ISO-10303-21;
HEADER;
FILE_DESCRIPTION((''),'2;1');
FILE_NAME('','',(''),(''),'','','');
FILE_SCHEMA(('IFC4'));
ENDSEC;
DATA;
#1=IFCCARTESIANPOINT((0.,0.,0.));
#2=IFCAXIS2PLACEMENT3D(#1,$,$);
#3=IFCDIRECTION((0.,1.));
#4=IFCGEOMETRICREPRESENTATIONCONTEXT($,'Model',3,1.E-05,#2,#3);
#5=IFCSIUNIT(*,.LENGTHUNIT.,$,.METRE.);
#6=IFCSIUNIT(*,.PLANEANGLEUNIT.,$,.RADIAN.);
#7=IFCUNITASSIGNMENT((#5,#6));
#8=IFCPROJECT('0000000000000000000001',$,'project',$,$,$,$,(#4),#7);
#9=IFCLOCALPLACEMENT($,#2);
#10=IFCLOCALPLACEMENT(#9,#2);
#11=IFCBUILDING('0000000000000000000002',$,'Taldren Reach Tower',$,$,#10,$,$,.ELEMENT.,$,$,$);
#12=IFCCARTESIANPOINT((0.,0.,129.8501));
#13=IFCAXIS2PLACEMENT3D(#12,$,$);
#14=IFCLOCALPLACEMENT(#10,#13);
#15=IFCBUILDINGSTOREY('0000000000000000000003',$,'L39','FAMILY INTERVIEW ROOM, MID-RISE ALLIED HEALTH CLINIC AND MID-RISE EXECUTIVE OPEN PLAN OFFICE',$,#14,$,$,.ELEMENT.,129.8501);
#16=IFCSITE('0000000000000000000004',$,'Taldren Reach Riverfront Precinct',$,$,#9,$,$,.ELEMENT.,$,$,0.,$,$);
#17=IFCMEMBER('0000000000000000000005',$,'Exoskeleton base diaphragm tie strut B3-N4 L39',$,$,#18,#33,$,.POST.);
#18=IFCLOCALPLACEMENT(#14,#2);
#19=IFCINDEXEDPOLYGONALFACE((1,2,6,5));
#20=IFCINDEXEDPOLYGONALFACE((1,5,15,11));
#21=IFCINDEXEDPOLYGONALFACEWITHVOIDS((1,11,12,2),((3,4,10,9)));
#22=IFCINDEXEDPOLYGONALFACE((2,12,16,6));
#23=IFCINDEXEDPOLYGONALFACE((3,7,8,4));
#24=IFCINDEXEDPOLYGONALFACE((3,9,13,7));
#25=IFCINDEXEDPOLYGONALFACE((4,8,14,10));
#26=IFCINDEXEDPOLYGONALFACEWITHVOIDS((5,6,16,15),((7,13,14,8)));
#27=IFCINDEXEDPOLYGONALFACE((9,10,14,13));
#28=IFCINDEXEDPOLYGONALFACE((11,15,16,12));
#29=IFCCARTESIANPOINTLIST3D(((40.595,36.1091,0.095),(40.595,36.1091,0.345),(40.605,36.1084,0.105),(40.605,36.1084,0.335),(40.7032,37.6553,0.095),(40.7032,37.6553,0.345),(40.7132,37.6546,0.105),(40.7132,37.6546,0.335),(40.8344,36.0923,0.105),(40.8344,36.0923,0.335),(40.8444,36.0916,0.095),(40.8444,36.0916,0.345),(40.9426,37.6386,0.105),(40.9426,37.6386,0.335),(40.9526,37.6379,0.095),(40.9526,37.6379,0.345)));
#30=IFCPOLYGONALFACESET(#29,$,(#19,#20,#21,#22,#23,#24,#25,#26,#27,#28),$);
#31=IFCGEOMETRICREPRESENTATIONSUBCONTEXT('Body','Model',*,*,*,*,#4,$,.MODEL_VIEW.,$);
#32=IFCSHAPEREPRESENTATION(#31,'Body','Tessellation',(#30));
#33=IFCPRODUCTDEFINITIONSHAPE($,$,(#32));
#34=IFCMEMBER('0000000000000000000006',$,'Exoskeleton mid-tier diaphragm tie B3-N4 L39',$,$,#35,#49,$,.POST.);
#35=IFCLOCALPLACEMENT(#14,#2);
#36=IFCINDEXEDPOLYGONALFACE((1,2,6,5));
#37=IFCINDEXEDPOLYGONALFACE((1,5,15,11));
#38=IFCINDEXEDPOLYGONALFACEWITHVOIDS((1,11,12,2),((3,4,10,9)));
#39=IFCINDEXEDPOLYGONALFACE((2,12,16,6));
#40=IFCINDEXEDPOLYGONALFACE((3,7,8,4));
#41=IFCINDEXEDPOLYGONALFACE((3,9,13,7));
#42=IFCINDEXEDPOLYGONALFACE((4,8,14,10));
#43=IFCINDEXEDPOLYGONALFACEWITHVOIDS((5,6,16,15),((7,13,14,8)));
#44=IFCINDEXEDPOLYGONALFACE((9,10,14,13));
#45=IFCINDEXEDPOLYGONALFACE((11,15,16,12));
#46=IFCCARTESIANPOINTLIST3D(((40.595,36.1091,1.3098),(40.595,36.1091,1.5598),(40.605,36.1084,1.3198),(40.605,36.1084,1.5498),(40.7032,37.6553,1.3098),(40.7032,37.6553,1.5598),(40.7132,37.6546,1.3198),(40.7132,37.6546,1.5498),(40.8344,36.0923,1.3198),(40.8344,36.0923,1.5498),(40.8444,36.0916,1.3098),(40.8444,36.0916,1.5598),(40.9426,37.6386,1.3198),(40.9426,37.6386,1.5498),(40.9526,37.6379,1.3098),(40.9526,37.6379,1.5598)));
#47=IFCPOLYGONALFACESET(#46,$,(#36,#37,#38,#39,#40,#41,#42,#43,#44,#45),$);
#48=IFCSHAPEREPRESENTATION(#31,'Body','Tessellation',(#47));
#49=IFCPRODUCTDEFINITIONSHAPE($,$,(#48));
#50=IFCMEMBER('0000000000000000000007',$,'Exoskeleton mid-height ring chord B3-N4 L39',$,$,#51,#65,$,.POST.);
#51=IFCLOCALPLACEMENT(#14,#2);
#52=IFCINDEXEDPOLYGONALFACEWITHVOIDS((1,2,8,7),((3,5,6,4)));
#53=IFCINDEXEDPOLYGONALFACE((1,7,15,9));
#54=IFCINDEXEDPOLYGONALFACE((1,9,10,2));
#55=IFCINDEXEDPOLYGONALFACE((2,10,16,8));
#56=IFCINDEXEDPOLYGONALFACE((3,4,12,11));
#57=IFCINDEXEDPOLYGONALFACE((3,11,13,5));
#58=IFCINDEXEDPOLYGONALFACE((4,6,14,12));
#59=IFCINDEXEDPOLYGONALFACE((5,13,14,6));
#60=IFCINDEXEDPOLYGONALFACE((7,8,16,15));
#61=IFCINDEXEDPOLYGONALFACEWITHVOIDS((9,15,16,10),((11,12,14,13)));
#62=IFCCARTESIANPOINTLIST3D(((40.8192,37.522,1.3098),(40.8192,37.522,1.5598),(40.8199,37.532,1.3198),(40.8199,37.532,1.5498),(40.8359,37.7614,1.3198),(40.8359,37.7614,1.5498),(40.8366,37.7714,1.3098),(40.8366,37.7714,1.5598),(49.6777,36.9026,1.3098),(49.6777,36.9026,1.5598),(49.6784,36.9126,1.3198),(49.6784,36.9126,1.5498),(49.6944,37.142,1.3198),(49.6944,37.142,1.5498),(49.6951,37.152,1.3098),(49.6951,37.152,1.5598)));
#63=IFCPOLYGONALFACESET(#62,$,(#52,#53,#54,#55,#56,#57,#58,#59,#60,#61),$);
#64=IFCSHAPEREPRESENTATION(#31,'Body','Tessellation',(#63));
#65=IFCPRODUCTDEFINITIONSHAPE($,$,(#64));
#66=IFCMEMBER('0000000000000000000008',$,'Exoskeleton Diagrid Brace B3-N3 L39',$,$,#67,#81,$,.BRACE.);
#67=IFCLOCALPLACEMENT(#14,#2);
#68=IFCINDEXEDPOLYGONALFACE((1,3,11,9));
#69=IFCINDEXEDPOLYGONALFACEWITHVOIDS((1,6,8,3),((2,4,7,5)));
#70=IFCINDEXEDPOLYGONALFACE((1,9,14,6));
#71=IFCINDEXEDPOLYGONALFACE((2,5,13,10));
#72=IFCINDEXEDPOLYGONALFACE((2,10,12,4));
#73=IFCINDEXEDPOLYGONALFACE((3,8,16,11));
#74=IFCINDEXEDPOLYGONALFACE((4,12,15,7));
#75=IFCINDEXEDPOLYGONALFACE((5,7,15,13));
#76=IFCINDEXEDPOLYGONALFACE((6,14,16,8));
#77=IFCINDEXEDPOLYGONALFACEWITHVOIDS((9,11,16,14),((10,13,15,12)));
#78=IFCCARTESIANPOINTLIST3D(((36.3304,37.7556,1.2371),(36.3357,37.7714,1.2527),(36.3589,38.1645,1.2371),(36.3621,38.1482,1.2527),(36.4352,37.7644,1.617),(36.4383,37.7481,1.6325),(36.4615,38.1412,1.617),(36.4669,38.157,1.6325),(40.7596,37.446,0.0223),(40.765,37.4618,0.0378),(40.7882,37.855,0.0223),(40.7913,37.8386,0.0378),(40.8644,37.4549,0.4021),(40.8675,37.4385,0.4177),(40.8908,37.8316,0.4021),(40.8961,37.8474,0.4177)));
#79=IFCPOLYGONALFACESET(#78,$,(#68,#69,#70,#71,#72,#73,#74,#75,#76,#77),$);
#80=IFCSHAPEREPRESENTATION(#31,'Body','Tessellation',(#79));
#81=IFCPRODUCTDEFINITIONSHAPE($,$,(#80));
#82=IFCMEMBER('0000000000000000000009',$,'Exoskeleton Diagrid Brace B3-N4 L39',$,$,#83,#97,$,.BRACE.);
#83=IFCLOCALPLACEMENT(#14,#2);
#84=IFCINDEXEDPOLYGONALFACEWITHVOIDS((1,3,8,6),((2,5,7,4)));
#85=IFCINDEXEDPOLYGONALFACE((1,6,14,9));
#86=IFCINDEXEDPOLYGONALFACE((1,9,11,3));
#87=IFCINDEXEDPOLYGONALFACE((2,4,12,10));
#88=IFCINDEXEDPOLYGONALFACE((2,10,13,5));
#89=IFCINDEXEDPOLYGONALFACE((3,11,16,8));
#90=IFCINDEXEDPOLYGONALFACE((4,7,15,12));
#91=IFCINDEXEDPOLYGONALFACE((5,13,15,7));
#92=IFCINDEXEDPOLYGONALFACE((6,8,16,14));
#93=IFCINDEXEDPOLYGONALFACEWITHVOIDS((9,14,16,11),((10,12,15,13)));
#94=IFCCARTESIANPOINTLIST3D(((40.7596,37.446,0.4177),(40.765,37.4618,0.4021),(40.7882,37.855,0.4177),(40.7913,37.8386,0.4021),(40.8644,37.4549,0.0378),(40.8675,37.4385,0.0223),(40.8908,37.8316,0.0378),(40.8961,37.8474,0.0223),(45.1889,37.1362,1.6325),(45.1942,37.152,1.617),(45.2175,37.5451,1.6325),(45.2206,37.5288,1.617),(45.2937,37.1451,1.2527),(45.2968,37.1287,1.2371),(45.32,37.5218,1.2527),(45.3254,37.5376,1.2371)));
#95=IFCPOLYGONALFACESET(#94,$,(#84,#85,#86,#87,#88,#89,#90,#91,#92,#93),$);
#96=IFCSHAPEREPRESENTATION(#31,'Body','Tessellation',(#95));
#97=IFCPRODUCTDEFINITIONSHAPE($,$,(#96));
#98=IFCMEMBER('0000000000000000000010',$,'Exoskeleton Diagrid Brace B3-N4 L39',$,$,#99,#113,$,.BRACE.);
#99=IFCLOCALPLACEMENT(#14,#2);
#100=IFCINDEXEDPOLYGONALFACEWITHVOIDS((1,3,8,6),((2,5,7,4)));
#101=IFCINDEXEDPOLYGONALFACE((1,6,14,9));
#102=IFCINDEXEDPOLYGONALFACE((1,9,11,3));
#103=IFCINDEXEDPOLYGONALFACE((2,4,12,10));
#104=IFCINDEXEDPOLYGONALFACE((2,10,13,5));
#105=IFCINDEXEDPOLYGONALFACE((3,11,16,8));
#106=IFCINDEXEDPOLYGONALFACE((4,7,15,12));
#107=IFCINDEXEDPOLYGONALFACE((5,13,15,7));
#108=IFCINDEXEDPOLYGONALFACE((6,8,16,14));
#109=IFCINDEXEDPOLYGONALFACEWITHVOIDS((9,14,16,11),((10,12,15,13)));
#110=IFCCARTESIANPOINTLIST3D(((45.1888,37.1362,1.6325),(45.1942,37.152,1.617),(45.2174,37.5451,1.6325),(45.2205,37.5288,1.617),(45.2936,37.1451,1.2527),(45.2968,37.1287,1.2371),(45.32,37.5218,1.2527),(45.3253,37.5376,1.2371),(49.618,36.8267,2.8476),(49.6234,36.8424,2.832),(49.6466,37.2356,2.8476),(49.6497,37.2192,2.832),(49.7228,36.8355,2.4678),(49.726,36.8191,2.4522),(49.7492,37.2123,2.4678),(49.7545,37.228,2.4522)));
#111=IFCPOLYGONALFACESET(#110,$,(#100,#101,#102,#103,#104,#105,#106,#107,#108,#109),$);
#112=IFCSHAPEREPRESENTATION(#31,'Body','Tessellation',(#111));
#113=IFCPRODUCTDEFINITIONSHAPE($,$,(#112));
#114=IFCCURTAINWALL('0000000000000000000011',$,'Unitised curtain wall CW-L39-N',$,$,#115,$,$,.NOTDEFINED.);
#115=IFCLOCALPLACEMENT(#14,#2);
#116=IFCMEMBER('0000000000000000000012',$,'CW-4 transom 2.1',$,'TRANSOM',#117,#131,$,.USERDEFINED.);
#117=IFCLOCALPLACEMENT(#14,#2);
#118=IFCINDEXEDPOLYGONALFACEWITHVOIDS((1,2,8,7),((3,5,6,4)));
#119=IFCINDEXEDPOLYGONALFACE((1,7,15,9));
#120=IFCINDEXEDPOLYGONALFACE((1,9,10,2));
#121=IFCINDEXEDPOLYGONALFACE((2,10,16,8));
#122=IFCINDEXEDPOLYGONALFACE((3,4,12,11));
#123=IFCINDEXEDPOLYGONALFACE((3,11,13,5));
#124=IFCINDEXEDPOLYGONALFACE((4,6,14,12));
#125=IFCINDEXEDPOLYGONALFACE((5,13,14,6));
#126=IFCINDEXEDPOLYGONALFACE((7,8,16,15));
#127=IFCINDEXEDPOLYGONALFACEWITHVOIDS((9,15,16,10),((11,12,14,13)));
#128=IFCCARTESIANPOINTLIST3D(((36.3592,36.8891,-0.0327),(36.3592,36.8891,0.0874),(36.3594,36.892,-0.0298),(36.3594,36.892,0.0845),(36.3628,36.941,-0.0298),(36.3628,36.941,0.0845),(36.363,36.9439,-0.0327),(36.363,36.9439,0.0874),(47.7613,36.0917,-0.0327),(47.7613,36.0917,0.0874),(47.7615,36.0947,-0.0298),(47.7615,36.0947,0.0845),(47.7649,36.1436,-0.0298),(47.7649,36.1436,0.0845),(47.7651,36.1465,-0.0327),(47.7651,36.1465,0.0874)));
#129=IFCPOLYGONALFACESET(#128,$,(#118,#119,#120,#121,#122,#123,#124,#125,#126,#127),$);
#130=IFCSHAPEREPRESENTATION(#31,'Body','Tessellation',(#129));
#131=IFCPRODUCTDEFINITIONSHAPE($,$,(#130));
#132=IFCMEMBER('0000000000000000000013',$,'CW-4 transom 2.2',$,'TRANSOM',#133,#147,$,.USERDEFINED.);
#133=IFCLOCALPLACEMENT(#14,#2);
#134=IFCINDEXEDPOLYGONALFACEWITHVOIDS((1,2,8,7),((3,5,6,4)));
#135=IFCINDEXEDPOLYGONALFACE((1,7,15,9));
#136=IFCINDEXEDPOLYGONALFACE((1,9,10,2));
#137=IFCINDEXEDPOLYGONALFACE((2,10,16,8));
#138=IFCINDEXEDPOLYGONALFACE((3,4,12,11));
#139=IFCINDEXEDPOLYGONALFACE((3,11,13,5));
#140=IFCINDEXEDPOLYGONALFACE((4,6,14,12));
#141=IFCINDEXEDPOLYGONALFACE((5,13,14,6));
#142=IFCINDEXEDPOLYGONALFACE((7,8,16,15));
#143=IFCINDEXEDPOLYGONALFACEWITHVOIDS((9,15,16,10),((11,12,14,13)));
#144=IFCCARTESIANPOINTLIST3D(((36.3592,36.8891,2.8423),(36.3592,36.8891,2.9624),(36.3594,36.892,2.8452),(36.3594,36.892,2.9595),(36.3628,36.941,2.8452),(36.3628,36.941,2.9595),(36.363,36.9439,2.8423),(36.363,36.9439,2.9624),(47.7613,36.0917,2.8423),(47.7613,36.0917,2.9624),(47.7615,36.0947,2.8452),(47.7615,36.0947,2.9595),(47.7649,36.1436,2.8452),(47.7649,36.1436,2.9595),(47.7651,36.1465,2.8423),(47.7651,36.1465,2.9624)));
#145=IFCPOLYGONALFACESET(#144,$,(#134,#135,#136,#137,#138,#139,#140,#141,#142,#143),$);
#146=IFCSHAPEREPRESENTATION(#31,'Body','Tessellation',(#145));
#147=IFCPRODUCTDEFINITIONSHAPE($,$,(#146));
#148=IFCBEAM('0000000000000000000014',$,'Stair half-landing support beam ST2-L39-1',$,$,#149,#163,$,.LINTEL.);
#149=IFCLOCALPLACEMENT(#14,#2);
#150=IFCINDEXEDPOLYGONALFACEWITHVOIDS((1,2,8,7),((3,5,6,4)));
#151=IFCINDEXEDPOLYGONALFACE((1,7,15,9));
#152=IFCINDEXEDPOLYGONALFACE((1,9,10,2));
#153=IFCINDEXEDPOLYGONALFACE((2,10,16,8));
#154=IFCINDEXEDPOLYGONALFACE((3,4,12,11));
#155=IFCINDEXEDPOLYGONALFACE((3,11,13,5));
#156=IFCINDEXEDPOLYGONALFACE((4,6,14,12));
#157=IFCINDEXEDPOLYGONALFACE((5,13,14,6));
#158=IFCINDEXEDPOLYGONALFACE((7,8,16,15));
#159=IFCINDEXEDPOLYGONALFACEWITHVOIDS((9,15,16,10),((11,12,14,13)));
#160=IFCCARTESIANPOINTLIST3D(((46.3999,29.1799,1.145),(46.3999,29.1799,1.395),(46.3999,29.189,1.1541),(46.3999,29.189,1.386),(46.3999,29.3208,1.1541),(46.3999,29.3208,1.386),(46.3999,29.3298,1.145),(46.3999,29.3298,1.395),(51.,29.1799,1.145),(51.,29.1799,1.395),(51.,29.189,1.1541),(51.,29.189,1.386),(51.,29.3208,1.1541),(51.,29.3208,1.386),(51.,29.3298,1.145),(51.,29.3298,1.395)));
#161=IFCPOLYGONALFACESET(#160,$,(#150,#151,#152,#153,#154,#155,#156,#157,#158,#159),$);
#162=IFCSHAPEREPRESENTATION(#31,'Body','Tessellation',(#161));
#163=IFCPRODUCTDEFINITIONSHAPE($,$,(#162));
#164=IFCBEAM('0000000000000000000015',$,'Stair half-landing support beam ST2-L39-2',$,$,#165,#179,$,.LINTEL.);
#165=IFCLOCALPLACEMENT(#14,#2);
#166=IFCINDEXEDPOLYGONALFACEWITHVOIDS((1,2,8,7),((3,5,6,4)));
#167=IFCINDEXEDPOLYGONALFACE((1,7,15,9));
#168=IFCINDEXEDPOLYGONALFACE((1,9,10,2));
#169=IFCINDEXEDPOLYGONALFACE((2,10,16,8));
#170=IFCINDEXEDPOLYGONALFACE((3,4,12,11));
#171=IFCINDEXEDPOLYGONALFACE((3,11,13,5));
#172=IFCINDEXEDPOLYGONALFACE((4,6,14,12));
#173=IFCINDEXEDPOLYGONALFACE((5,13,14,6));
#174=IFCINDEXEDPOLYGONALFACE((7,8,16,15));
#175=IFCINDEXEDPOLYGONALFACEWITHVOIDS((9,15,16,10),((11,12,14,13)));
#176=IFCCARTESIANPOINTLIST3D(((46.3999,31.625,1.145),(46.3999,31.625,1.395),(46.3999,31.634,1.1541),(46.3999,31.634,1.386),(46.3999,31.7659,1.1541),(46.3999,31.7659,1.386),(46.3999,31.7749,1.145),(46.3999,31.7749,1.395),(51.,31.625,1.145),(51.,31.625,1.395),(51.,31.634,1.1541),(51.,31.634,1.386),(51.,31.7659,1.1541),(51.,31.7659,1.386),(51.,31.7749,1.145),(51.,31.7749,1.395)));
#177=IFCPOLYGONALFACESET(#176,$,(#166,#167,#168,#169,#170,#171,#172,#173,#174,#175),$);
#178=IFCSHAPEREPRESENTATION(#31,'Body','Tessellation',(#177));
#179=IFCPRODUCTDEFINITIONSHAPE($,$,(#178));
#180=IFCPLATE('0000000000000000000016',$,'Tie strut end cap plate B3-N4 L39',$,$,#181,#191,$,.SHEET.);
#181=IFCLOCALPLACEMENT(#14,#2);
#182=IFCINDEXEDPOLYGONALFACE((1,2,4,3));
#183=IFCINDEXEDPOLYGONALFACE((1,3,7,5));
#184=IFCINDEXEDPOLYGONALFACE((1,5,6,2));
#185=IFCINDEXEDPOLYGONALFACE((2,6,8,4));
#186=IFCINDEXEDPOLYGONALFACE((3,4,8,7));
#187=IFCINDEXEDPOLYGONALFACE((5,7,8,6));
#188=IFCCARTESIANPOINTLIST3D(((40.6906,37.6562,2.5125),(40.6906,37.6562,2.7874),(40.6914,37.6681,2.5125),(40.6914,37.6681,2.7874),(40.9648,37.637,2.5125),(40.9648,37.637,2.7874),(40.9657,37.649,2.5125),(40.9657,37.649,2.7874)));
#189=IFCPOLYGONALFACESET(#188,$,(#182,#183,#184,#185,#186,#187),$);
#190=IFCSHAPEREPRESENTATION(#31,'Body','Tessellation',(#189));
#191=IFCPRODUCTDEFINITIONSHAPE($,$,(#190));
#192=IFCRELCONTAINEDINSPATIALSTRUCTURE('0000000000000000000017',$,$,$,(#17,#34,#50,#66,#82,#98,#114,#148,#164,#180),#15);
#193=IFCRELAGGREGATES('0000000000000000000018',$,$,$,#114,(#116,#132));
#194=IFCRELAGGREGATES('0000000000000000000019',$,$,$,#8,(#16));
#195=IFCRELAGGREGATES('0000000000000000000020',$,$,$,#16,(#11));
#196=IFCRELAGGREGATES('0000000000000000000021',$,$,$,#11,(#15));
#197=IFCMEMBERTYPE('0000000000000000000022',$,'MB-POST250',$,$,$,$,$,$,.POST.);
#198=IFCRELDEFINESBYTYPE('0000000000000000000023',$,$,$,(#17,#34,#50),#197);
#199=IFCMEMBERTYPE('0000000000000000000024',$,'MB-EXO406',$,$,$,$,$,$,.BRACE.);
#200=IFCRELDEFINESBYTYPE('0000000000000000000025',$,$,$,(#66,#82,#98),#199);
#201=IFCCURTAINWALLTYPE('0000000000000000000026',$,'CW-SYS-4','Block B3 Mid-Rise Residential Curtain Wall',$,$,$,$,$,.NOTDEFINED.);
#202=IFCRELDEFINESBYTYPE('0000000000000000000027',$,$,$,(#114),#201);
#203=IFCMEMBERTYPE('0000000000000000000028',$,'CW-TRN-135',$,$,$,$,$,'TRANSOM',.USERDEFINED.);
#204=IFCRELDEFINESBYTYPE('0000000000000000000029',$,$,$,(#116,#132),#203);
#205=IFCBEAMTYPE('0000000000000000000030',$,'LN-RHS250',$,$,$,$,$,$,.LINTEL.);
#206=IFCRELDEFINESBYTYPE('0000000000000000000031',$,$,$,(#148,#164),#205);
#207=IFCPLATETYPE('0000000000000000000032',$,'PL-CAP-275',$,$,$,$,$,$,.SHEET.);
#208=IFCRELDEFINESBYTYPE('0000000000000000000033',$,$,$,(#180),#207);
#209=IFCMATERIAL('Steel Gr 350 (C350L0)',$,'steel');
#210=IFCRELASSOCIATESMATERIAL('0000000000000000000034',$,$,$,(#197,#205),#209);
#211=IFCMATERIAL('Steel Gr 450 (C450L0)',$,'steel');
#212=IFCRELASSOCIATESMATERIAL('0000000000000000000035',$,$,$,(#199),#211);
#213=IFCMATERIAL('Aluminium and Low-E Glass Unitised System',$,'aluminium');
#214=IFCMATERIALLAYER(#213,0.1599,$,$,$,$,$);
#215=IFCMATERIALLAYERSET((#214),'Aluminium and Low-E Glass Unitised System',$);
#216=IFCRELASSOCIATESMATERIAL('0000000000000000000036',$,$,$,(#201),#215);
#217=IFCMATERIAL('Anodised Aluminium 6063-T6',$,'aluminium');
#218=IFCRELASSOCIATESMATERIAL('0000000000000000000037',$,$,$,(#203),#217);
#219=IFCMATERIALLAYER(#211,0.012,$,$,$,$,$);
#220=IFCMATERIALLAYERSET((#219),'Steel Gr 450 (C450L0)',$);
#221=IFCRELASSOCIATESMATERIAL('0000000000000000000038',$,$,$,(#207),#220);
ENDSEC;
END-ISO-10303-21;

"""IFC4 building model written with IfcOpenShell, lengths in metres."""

from ifc_helpers import new_model, si_unit, direction, frame, origin, origin_2d, place, context, subcontext, project, spatial, rectangle, hollow_rectangle, extrude, source, transform, mapped, material, layer, layer_set, material_profile, profile_set, type_object, element, aggregate, save


model = new_model("IFC4")

# Units and contexts
model_context = context("Model", 3, precision=1e-05, world=origin(), true_north=direction((0.0, 1.0)))
body_context = subcontext(model_context, "Body", "Model", "MODEL_VIEW")
ifc_project = project(units=[si_unit("LENGTHUNIT", "METRE"), si_unit("PLANEANGLEUNIT", "RADIAN")], contexts=[model_context])

# Site, building, storey
site_placement = place(None, origin())
site = spatial("IfcSite", under=ifc_project, at=site_placement, Name="Taldren Reach Riverfront Precinct", CompositionType="ELEMENT", RefElevation=0.0)
building_placement = place(site_placement, origin())
building = spatial("IfcBuilding", under=site, at=building_placement, Name="Taldren Reach Tower", CompositionType="ELEMENT")
storey_placement = place(building_placement, frame((0.0, 0.0, 129.8501)))
storey = spatial("IfcBuildingStorey", under=building, at=storey_placement, Name="L39", Description="FAMILY INTERVIEW ROOM, MID-RISE ALLIED HEALTH CLINIC AND MID-RISE EXECUTIVE OPEN PLAN OFFICE", CompositionType="ELEMENT", Elevation=129.8501)

# Members
ifc_material_1 = material(Name="Steel Gr 350 (C350L0)", Category="steel")
ifc_material_profile_1 = material_profile(ifc_material_1, hollow_rectangle(XDim=0.25, YDim=0.25, WallThickness=0.01, at=origin_2d()), Name="250x250x10.0SHS")
ifc_profile_set_1 = profile_set([ifc_material_profile_1], Name="Steel Gr 350 (C350L0)")
member_type_1 = type_object("IfcMemberType", Name="MB-POST250", PredefinedType="POST", material=ifc_profile_set_1)
shared_shape_1 = source(origin(), body_context, "Body", "SweptSolid", [
    extrude(hollow_rectangle(XDim=0.25, YDim=0.25, WallThickness=0.01, at=origin_2d()), origin(), (0.0, 0.0, 1.0), 1.55),
])
for number, where, z_axis, x_axis, name in (
    (1, (40.7197, 36.1003, 0.22), (0.06977, 0.997563, 0.0), (-0.997563, 0.06977, 0.0), "Exoskeleton base diaphragm tie strut B3-N4 L39"),
    (2, (40.7197, 36.1003, 1.4348), (0.06977, 0.997563, 0.0), (-0.997563, 0.06977, 0.0), "Exoskeleton mid-tier diaphragm tie B3-N4 L39"),
):
    element("IfcMember", number, at=place(storey_placement, frame(where, z_axis=z_axis, x_axis=x_axis)), inside=storey, type_object=member_type_1, Name=name, PredefinedType="POST", context=body_context, shape_type="MappedRepresentation", body=[
        mapped(shared_shape_1, transform((0.0, 0.0, 0.0), scale=1.0)),
    ])
shared_shape_2 = source(origin(), body_context, "Body", "SweptSolid", [
    extrude(hollow_rectangle(XDim=0.25, YDim=0.25, WallThickness=0.01, at=origin_2d()), origin(), (0.0, 0.0, 1.0), 8.8801),
])
member_1_placement = place(storey_placement, frame((40.8279, 37.6467, 1.4348), z_axis=(0.997564, -0.06975, 0.0), x_axis=(0.06975, 0.997564, 0.0)))
element("IfcMember", 3, at=member_1_placement, inside=storey, type_object=member_type_1, Name="Exoskeleton mid-height ring chord B3-N4 L39", PredefinedType="POST", context=body_context, shape_type="MappedRepresentation", body=[
    mapped(shared_shape_2, transform((0.0, 0.0, 0.0), scale=1.0)),
])
ifc_material_2 = material(Name="Steel Gr 450 (C450L0)", Category="steel")
ifc_material_profile_2 = material_profile(ifc_material_2, hollow_rectangle(XDim=0.4099, YDim=0.4099, WallThickness=0.0161, at=origin_2d()), Name="410x410x16.0SHS")
ifc_profile_set_2 = profile_set([ifc_material_profile_2], Name="Steel Gr 450 (C450L0)")
member_type_2 = type_object("IfcMemberType", Name="MB-EXO406", PredefinedType="BRACE", material=ifc_profile_set_2)
shared_shape_3 = source(origin(), body_context, "Body", "SweptSolid", [
    extrude(hollow_rectangle(XDim=0.4099, YDim=0.4099, WallThickness=0.0161, at=origin_2d()), origin(), (0.0, 0.0, 1.0), 4.6033),
])
for number, where, z_axis, x_axis, name in (
    (4, (40.8279, 37.6467, 0.22), (-0.962199, 0.067251, 0.263913), (-0.069723, -0.997566, 0.0), "Exoskeleton Diagrid Brace B3-N3 L39"),
    (5, (40.8279, 37.6467, 0.22), (0.962196, -0.067304, 0.263912), (0.069778, 0.997563, 0.0), "Exoskeleton Diagrid Brace B3-N4 L39"),
    (6, (45.2571, 37.3369, 1.4348), (0.962186, -0.06725, 0.263962), (0.069723, 0.997566, 0.0), "Exoskeleton Diagrid Brace B3-N4 L39"),
):
    element("IfcMember", number, at=place(storey_placement, frame(where, z_axis=z_axis, x_axis=x_axis)), inside=storey, type_object=member_type_2, Name=name, PredefinedType="BRACE", context=body_context, shape_type="MappedRepresentation", body=[
        mapped(shared_shape_3, transform((0.0, 0.0, 0.0), scale=1.0)),
    ])

# Curtain wall, members
ifc_material_3 = material(Name="Aluminium and Low-E Glass Unitised System", Category="aluminium")
ifc_layer_1 = layer(ifc_material_3, 0.1599)
ifc_layer_set_1 = layer_set([ifc_layer_1], Name="Aluminium and Low-E Glass Unitised System")
curtain_wall_type = type_object("IfcCurtainWallType", Name="CW-SYS-4", Description="Block B3 Mid-Rise Residential Curtain Wall", PredefinedType="NOTDEFINED", material=ifc_layer_set_1)
curtain_wall_placement = place(storey_placement, origin())
curtain_wall = element("IfcCurtainWall", 7, at=curtain_wall_placement, inside=storey, type_object=curtain_wall_type, Name="Unitised curtain wall CW-L39-N", PredefinedType="NOTDEFINED")
ifc_material_4 = material(Name="Anodised Aluminium 6063-T6", Category="aluminium")
ifc_material_profile_3 = material_profile(ifc_material_4, hollow_rectangle(XDim=0.0549, YDim=0.1201, WallThickness=0.0029, at=origin_2d()), Name="ALU-120x55x3RHS")
ifc_profile_set_3 = profile_set([ifc_material_profile_3], Name="Anodised Aluminium 6063-T6")
member_type_3 = type_object("IfcMemberType", Name="CW-TRN-135", ElementType="TRANSOM", PredefinedType="USERDEFINED", material=ifc_profile_set_3)
shared_shape_4 = source(origin(), body_context, "Body", "SweptSolid", [
    extrude(hollow_rectangle(XDim=0.0549, YDim=0.1201, WallThickness=0.0029, at=origin_2d()), origin(), (0.0, 0.0, 1.0), 11.4299),
])
member_2_placement = place(storey_placement, frame((47.7632, 36.1191, 0.0273), z_axis=(-0.997564, 0.069761, 0.0), x_axis=(-0.069761, -0.997564, 0.0)))
member_2 = element("IfcMember", 8, at=member_2_placement, type_object=member_type_3, Name="CW-4 transom 2.1", ObjectType="TRANSOM", PredefinedType="USERDEFINED", context=body_context, shape_type="MappedRepresentation", body=[
    mapped(shared_shape_4, transform((0.0, 0.0, 0.0), scale=1.0)),
])
member_3_placement = place(storey_placement, frame((47.7632, 36.1191, 2.9023), z_axis=(-0.997564, 0.069761, 0.0), x_axis=(-0.069761, -0.997564, 0.0)))
member_3 = element("IfcMember", 9, at=member_3_placement, type_object=member_type_3, Name="CW-4 transom 2.2", ObjectType="TRANSOM", PredefinedType="USERDEFINED", context=body_context, shape_type="MappedRepresentation", body=[
    mapped(shared_shape_4, transform((0.0, 0.0, 0.0), scale=1.0)),
])

# Beams
ifc_material_profile_4 = material_profile(ifc_material_1, hollow_rectangle(XDim=0.1499, YDim=0.25, WallThickness=0.009, at=origin_2d()), Name="250x150x9.0RHS")
ifc_profile_set_4 = profile_set([ifc_material_profile_4], Name="Steel Gr 350 (C350L0)")
beam_type = type_object("IfcBeamType", Name="LN-RHS250", PredefinedType="LINTEL", material=ifc_profile_set_4)
shared_shape_5 = source(origin(), body_context, "Body", "SweptSolid", [
    extrude(hollow_rectangle(XDim=0.1499, YDim=0.25, WallThickness=0.009, at=origin_2d()), origin(), (0.0, 0.0, 1.0), 4.6001),
])
for number, where, z_axis, x_axis, name in (
    (10, (46.3999, 29.2549, 1.27), (1.0, 0.0, 0.0), (0.0, 1.0, 0.0), "Stair half-landing support beam ST2-L39-1"),
    (11, (46.3999, 31.7, 1.27), (1.0, 0.0, 0.0), (0.0, 1.0, 0.0), "Stair half-landing support beam ST2-L39-2"),
):
    element("IfcBeam", number, at=place(storey_placement, frame(where, z_axis=z_axis, x_axis=x_axis)), inside=storey, type_object=beam_type, Name=name, PredefinedType="LINTEL", context=body_context, shape_type="MappedRepresentation", body=[
        mapped(shared_shape_5, transform((0.0, 0.0, 0.0), scale=1.0)),
    ])

# Plate
ifc_layer_2 = layer(ifc_material_2, 0.012)
ifc_layer_set_2 = layer_set([ifc_layer_2], Name="Steel Gr 450 (C450L0)")
plate_type_1 = type_object("IfcPlateType", Name="PL-CAP-275", PredefinedType="SHEET", material=ifc_layer_set_2)
shared_shape_6 = source(origin(), body_context, "Body", "SweptSolid", [
    extrude(rectangle(XDim=0.2749, YDim=0.012, at=origin_2d()), origin(), (0.0, 0.0, 1.0), 0.2749),
])
plate_1_placement = place(storey_placement, frame((40.8281, 37.6526, 2.5125), z_axis=(0.0, 0.0, 1.0), x_axis=(0.997564, -0.069756, 0.0)))
element("IfcPlate", 12, at=plate_1_placement, inside=storey, type_object=plate_type_1, Name="Tie strut end cap plate B3-N4 L39", PredefinedType="SHEET", context=body_context, shape_type="MappedRepresentation", body=[
    mapped(shared_shape_6, transform((0.0, 0.0, 0.0), scale=1.0)),
])
aggregate(curtain_wall, [member_2, member_3])

save(model, "model.ifc")
